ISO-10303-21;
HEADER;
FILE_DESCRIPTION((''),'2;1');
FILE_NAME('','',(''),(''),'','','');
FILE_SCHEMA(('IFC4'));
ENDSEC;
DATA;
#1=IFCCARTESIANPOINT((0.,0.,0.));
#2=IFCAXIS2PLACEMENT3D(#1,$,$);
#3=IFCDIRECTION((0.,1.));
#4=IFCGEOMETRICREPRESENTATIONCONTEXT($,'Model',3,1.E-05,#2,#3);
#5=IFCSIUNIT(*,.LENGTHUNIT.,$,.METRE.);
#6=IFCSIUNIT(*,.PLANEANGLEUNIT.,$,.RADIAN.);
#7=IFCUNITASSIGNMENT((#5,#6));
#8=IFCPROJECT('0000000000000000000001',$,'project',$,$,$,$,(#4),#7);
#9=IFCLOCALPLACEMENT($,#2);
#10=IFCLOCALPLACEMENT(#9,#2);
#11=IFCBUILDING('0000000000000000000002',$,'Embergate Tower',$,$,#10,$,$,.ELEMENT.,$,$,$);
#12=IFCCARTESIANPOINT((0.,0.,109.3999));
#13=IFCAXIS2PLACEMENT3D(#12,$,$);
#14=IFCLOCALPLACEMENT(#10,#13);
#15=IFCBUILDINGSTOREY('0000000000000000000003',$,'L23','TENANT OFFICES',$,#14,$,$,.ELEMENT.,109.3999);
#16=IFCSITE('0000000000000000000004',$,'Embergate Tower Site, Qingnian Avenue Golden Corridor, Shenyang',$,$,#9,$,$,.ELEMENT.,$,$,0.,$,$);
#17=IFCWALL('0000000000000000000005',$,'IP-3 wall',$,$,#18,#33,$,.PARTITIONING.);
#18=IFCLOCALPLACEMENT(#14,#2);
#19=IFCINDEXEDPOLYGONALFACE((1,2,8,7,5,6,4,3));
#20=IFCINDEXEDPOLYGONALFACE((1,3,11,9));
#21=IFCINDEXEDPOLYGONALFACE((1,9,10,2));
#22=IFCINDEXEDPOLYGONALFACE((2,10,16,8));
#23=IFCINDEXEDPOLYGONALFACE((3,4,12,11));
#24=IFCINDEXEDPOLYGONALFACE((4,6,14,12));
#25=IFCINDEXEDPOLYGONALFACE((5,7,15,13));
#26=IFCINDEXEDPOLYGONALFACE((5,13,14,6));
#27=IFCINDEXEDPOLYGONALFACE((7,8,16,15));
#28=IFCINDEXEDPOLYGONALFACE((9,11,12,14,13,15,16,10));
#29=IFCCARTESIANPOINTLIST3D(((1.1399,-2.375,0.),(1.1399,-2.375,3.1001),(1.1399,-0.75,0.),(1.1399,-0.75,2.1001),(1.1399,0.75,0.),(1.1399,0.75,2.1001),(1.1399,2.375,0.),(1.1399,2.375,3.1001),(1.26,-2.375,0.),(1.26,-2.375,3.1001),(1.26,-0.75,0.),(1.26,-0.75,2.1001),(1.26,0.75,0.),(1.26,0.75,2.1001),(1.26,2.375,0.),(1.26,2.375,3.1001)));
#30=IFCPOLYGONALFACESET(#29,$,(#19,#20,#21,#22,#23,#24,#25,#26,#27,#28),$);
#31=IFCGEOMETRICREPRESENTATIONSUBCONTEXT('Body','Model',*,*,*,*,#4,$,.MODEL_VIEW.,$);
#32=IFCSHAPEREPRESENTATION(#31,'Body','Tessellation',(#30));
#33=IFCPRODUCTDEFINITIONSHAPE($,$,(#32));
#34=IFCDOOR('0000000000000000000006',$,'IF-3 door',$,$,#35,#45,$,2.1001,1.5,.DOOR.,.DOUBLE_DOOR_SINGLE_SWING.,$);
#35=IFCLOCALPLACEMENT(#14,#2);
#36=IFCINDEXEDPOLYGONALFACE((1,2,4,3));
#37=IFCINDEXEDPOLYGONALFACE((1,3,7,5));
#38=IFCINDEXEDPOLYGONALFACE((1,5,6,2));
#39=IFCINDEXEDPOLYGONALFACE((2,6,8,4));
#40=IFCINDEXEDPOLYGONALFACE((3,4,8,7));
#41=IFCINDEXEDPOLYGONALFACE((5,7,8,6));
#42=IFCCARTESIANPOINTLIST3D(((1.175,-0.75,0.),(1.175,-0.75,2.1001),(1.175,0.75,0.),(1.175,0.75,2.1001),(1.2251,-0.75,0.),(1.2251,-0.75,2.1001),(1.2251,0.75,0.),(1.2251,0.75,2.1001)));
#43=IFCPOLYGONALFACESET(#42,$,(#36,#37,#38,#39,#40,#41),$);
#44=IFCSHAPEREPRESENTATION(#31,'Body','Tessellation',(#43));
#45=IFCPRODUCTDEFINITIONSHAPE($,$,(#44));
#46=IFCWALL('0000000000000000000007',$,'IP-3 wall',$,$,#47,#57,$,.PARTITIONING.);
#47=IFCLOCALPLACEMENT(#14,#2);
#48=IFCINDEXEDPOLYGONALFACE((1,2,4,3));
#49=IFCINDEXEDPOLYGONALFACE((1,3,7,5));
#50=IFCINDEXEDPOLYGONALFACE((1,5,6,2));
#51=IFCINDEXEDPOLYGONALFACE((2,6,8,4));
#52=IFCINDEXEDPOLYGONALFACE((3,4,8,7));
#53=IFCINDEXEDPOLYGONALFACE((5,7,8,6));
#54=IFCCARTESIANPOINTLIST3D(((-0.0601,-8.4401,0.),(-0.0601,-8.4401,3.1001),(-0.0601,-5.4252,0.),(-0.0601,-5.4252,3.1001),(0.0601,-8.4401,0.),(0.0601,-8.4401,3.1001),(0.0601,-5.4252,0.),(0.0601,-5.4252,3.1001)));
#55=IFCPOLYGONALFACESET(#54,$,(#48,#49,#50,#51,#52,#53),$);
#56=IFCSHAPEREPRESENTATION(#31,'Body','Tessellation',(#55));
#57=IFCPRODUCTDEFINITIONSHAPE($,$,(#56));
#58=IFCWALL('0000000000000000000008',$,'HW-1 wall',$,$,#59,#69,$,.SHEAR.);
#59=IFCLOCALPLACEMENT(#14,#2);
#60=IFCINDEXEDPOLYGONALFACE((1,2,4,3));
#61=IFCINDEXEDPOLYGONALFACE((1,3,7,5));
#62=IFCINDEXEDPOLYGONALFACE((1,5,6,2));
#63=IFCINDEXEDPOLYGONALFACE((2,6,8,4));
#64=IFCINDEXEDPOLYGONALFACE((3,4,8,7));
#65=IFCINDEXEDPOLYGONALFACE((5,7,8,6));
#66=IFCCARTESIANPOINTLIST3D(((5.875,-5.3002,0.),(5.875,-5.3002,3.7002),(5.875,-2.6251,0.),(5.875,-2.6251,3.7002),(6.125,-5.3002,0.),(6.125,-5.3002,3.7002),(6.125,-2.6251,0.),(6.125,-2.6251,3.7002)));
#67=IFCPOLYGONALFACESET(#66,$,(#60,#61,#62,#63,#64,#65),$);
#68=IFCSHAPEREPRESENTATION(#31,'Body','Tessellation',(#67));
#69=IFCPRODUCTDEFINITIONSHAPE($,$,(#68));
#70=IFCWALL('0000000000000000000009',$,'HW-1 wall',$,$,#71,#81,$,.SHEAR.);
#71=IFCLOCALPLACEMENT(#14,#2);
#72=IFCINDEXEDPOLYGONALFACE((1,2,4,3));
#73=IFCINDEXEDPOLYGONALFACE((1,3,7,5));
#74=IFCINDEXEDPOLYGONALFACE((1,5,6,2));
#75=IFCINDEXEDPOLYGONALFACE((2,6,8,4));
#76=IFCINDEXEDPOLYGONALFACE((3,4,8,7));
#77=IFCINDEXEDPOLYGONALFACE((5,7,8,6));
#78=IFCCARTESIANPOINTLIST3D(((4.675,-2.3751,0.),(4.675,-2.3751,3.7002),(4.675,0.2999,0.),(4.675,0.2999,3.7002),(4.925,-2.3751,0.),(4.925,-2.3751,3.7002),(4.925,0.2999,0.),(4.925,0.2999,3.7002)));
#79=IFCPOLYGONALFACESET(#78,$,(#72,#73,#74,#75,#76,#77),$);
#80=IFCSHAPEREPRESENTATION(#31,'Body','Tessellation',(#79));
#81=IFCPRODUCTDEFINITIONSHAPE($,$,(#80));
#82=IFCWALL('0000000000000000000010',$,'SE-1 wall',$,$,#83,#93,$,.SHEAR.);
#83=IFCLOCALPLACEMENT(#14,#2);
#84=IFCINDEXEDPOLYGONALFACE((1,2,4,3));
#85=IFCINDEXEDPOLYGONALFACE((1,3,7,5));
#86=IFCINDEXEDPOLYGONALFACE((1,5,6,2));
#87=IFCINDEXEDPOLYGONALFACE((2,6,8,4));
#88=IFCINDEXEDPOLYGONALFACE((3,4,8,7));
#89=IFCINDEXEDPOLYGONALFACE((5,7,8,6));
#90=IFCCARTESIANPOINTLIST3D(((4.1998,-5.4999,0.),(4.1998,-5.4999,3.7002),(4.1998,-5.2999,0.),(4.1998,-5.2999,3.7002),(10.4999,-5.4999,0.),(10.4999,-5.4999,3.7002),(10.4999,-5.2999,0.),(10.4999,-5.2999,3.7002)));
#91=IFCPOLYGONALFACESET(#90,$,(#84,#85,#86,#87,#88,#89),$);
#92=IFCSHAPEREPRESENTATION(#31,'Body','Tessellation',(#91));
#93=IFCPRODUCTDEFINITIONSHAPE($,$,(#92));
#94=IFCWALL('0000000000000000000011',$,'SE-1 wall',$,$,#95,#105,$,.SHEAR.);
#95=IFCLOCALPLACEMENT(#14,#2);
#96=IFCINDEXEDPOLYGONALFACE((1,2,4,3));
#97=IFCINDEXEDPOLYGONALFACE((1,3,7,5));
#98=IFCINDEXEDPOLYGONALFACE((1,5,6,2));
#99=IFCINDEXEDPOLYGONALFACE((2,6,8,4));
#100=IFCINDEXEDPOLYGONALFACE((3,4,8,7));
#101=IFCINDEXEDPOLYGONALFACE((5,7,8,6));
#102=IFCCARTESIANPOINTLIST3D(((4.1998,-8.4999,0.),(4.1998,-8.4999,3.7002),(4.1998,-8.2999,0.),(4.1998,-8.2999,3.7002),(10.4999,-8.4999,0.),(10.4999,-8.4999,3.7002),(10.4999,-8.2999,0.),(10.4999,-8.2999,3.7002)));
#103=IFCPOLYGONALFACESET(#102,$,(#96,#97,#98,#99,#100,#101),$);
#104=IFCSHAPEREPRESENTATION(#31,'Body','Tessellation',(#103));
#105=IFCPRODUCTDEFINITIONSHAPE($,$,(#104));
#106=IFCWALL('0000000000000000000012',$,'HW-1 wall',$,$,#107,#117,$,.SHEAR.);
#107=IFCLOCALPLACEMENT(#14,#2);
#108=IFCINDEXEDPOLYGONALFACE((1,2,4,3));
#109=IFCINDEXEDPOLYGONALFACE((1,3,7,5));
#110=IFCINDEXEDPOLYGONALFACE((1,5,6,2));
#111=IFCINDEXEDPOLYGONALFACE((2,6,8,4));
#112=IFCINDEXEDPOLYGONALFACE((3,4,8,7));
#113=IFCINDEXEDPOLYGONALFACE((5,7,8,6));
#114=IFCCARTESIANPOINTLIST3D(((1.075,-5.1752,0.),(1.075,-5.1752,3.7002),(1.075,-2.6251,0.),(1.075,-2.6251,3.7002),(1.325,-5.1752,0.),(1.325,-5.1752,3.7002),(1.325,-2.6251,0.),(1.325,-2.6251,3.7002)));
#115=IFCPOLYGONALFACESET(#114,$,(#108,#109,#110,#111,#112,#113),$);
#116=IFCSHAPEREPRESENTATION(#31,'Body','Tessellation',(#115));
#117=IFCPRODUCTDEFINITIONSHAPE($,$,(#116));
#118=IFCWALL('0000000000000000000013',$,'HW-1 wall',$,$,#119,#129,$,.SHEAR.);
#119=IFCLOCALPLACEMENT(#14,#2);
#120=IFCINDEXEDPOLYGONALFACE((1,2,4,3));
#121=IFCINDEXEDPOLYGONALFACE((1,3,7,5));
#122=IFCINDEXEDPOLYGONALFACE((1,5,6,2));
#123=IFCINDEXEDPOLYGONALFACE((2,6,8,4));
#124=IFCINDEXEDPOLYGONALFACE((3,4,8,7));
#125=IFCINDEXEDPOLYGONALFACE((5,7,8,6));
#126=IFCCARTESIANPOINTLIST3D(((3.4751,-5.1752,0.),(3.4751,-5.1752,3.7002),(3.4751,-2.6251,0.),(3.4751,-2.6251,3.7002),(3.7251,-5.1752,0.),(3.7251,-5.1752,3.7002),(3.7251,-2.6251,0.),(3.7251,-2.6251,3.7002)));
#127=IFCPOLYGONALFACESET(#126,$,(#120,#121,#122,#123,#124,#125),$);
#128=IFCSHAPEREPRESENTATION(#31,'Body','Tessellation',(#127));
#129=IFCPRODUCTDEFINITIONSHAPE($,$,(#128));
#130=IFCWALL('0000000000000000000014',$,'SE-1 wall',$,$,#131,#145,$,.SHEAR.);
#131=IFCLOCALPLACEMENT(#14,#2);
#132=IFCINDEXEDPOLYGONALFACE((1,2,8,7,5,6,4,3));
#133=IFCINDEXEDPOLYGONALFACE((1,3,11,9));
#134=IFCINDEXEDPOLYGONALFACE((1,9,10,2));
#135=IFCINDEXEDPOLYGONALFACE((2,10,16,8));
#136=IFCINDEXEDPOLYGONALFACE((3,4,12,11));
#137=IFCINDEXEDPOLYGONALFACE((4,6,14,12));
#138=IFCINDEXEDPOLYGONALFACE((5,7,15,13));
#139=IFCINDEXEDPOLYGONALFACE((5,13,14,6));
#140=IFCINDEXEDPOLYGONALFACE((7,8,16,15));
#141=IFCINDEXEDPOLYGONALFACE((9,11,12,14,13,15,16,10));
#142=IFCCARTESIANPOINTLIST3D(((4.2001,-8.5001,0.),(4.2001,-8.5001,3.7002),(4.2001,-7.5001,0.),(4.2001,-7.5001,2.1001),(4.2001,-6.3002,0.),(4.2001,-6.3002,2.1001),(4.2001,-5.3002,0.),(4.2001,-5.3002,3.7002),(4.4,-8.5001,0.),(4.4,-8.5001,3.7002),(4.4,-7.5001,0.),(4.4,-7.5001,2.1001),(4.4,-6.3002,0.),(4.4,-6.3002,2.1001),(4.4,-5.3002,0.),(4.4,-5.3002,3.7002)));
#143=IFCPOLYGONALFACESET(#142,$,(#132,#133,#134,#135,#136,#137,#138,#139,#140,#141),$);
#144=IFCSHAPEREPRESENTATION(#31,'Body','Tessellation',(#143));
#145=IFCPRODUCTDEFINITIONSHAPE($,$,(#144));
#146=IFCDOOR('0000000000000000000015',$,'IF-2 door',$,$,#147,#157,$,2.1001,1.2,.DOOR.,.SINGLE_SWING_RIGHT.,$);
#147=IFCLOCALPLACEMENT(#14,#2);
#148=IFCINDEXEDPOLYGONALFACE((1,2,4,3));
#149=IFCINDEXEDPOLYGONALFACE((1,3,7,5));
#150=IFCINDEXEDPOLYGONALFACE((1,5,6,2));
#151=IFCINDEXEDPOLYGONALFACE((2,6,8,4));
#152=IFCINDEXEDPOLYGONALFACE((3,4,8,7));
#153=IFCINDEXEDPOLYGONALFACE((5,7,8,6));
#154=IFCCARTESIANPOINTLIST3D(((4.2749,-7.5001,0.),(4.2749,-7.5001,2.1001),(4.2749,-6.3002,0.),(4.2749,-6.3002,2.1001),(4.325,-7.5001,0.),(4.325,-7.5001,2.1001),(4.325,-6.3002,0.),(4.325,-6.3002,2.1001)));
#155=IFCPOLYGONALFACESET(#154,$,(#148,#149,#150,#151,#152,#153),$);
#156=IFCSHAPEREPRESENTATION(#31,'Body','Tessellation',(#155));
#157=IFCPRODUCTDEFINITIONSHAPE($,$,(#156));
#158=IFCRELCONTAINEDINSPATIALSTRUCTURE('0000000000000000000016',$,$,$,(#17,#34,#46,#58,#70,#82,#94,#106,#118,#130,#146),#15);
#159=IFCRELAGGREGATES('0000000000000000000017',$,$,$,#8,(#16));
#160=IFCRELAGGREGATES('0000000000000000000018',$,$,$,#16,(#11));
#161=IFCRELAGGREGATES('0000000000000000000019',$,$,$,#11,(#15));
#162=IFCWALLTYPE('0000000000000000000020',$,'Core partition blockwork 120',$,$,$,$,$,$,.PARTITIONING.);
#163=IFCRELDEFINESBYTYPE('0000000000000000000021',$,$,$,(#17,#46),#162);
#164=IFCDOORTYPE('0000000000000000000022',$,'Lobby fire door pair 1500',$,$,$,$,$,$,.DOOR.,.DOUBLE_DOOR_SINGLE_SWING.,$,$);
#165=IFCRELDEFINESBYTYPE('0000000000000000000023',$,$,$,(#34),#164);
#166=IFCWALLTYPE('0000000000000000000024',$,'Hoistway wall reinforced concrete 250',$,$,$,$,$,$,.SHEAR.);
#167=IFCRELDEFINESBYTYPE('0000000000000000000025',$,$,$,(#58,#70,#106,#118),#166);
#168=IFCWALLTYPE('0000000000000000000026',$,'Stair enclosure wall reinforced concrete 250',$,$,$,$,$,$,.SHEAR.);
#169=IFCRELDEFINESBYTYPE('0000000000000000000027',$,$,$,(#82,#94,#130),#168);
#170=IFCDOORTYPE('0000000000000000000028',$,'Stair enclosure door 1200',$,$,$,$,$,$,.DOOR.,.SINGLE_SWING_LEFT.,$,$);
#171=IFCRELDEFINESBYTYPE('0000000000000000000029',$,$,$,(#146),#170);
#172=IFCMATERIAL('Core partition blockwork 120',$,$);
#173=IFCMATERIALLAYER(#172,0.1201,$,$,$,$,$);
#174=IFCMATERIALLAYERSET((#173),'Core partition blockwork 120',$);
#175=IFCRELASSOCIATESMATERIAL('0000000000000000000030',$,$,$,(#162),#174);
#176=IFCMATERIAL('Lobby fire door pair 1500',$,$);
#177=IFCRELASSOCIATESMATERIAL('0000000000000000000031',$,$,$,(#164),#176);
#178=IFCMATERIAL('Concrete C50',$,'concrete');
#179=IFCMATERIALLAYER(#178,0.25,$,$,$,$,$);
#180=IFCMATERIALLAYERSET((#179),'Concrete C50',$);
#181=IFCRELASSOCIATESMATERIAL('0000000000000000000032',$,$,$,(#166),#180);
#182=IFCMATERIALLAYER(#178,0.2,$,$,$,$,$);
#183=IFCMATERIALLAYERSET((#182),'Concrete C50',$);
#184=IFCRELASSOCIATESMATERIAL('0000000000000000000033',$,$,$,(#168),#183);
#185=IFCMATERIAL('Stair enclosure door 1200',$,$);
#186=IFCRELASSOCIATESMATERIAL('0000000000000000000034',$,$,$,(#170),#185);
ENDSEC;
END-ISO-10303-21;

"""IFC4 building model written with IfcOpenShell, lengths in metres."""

from ifc_helpers import new_model, si_unit, direction, frame, frame_2d, origin, place, context, subcontext, project, spatial, rectangle, extrude, source, transform, mapped, material, layer, layer_set, type_object, element, fill, save


model = new_model("IFC4")

# Units and contexts
model_context = context("Model", 3, precision=1e-05, world=origin(), true_north=direction((0.0, 1.0)))
body_context = subcontext(model_context, "Body", "Model", "MODEL_VIEW")
ifc_project = project(units=[si_unit("LENGTHUNIT", "METRE"), si_unit("PLANEANGLEUNIT", "RADIAN")], contexts=[model_context])

# Site, building, storey
site_placement = place(None, origin())
site = spatial("IfcSite", under=ifc_project, at=site_placement, Name="Embergate Tower Site, Qingnian Avenue Golden Corridor, Shenyang", CompositionType="ELEMENT", RefElevation=0.0)
building_placement = place(site_placement, origin())
building = spatial("IfcBuilding", under=site, at=building_placement, Name="Embergate Tower", CompositionType="ELEMENT")
storey_placement = place(building_placement, frame((0.0, 0.0, 109.3999)))
storey = spatial("IfcBuildingStorey", under=building, at=storey_placement, Name="L23", Description="TENANT OFFICES", CompositionType="ELEMENT", Elevation=109.3999)

# Wall, opening, door
ifc_material_1 = material(Name="Core partition blockwork 120")
ifc_layer_1 = layer(ifc_material_1, 0.1201)
ifc_layer_set_1 = layer_set([ifc_layer_1], Name="Core partition blockwork 120")
wall_type_1 = type_object("IfcWallType", Name="Core partition blockwork 120", PredefinedType="PARTITIONING", material=ifc_layer_set_1)
shared_shape_1 = source(origin(), body_context, "Body", "SweptSolid", [
    extrude(rectangle(XDim=4.75, YDim=0.1201, at=frame_2d((2.375, 0.0))), origin(), (0.0, 0.0, 1.0), 3.1001),
])
wall_1_placement = place(storey_placement, frame((1.2, -2.375, 0.0), z_axis=(0.0, 0.0, 1.0), x_axis=(0.0, 1.0, 0.0)))
wall_1 = element("IfcWall", 1, at=wall_1_placement, inside=storey, type_object=wall_type_1, Name="IP-3 wall", PredefinedType="PARTITIONING", context=body_context, shape_type="MappedRepresentation", body=[
    mapped(shared_shape_1, transform((0.0, 0.0, 0.0))),
])
shared_shape_2 = source(origin(), body_context, "Body", "SweptSolid", [
    extrude(rectangle(XDim=1.5, YDim=2.1001, at=frame_2d((0.75, 1.05))), frame((0.0, 0.0701, 0.0), z_axis=(0.0, -1.0, 0.0), x_axis=(1.0, 0.0, 0.0)), (0.0, 0.0, 1.0), 0.1401),
])
opening_1_placement = place(wall_1_placement, frame((1.625, 0.0, 0.0)))
opening_1 = element("IfcOpeningElement", 2, at=opening_1_placement, cuts=wall_1, PredefinedType="OPENING", context=body_context, shape_type="MappedRepresentation", body=[
    mapped(shared_shape_2, transform((0.0, 0.0, 0.0))),
])
ifc_material_2 = material(Name="Lobby fire door pair 1500")
door_type_1 = type_object("IfcDoorType", Name="Lobby fire door pair 1500", OperationType="DOUBLE_DOOR_SINGLE_SWING", PredefinedType="DOOR", material=ifc_material_2)
shared_shape_3 = source(origin(), body_context, "Body", "SweptSolid", [
    extrude(rectangle(XDim=1.5, YDim=2.1001, at=frame_2d((0.75, 1.05))), frame((0.0, 0.0249, 0.0), z_axis=(0.0, -1.0, 0.0), x_axis=(1.0, 0.0, 0.0)), (0.0, 0.0, 1.0), 0.05),
])
door_1_placement = place(opening_1_placement, origin())
door_1 = element("IfcDoor", 3, at=door_1_placement, inside=storey, type_object=door_type_1, Name="IF-3 door", OperationType="DOUBLE_DOOR_SINGLE_SWING", OverallHeight=2.1001, OverallWidth=1.5, PredefinedType="DOOR", context=body_context, shape_type="MappedRepresentation", body=[
    mapped(shared_shape_3, transform((0.0, 0.0, 0.0))),
])
fill(opening_1, door_1)

# Walls
shared_shape_4 = source(origin(), body_context, "Body", "SweptSolid", [
    extrude(rectangle(XDim=3.0149, YDim=0.1201, at=frame_2d((1.5073, 0.0))), origin(), (0.0, 0.0, 1.0), 3.1001),
])
wall_2_placement = place(storey_placement, frame((0.0, -8.4399, 0.0), z_axis=(0.0, 0.0, 1.0), x_axis=(0.0, 1.0, 0.0)))
element("IfcWall", 4, at=wall_2_placement, inside=storey, type_object=wall_type_1, Name="IP-3 wall", PredefinedType="PARTITIONING", context=body_context, shape_type="MappedRepresentation", body=[
    mapped(shared_shape_4, transform((0.0, 0.0, 0.0))),
])
ifc_material_3 = material(Name="Concrete C50", Category="concrete")
ifc_layer_2 = layer(ifc_material_3, 0.25)
ifc_layer_set_2 = layer_set([ifc_layer_2], Name="Concrete C50")
wall_type_2 = type_object("IfcWallType", Name="Hoistway wall reinforced concrete 250", PredefinedType="SHEAR", material=ifc_layer_set_2)
shared_shape_5 = source(origin(), body_context, "Body", "SweptSolid", [
    extrude(rectangle(XDim=2.675, YDim=0.25, at=frame_2d((1.3374, 0.0))), origin(), (0.0, 0.0, 1.0), 3.7002),
])
for number, where, z_axis, x_axis, name in (
    (5, (6.0, -5.3, 0.0), (0.0, 0.0, 1.0), (0.0, 1.0, 0.0), "HW-1 wall"),
    (6, (4.8, -2.375, 0.0), (0.0, 0.0, 1.0), (0.0, 1.0, 0.0), "HW-1 wall"),
):
    element("IfcWall", number, at=place(storey_placement, frame(where, z_axis=z_axis, x_axis=x_axis)), inside=storey, type_object=wall_type_2, Name=name, PredefinedType="SHEAR", context=body_context, shape_type="MappedRepresentation", body=[
        mapped(shared_shape_5, transform((0.0, 0.0, 0.0))),
    ])
ifc_layer_3 = layer(ifc_material_3, 0.2)
ifc_layer_set_3 = layer_set([ifc_layer_3], Name="Concrete C50")
wall_type_3 = type_object("IfcWallType", Name="Stair enclosure wall reinforced concrete 250", PredefinedType="SHEAR", material=ifc_layer_set_3)
shared_shape_6 = source(origin(), body_context, "Body", "SweptSolid", [
    extrude(rectangle(XDim=6.3, YDim=0.2, at=frame_2d((3.1499, 0.0))), origin(), (0.0, 0.0, 1.0), 3.7002),
])
for number, where, z_axis, x_axis, name in (
    (7, (4.2, -5.3999, 0.0), (0.0, 0.0, 1.0), (1.0, 0.0, 0.0), "SE-1 wall"),
    (8, (4.2, -8.3999, 0.0), (0.0, 0.0, 1.0), (1.0, 0.0, 0.0), "SE-1 wall"),
):
    element("IfcWall", number, at=place(storey_placement, frame(where, z_axis=z_axis, x_axis=x_axis)), inside=storey, type_object=wall_type_3, Name=name, PredefinedType="SHEAR", context=body_context, shape_type="MappedRepresentation", body=[
        mapped(shared_shape_6, transform((0.0, 0.0, 0.0))),
    ])
shared_shape_7 = source(origin(), body_context, "Body", "SweptSolid", [
    extrude(rectangle(XDim=2.55, YDim=0.25, at=frame_2d((1.2749, 0.0))), origin(), (0.0, 0.0, 1.0), 3.7002),
])
for number, where, z_axis, x_axis, name in (
    (9, (1.2, -5.175, 0.0), (0.0, 0.0, 1.0), (0.0, 1.0, 0.0), "HW-1 wall"),
    (10, (3.6001, -5.175, 0.0), (0.0, 0.0, 1.0), (0.0, 1.0, 0.0), "HW-1 wall"),
):
    element("IfcWall", number, at=place(storey_placement, frame(where, z_axis=z_axis, x_axis=x_axis)), inside=storey, type_object=wall_type_2, Name=name, PredefinedType="SHEAR", context=body_context, shape_type="MappedRepresentation", body=[
        mapped(shared_shape_7, transform((0.0, 0.0, 0.0))),
    ])

# Wall, opening, door
shared_shape_8 = source(origin(), body_context, "Body", "SweptSolid", [
    extrude(rectangle(XDim=3.2, YDim=0.2, at=frame_2d((1.6001, 0.0))), origin(), (0.0, 0.0, 1.0), 3.7002),
])
wall_3_placement = place(storey_placement, frame((4.3, -5.3, 0.0), z_axis=(0.0, 0.0, 1.0), x_axis=(0.0, -1.0, 0.0)))
wall_3 = element("IfcWall", 11, at=wall_3_placement, inside=storey, type_object=wall_type_3, Name="SE-1 wall", PredefinedType="SHEAR", context=body_context, shape_type="MappedRepresentation", body=[
    mapped(shared_shape_8, transform((0.0, 0.0, 0.0))),
])
shared_shape_9 = source(origin(), body_context, "Body", "SweptSolid", [
    extrude(rectangle(XDim=1.2, YDim=2.1001, at=frame_2d((0.6001, 1.05))), frame((0.0, 0.1099, 0.0), z_axis=(0.0, -1.0, 0.0), x_axis=(1.0, 0.0, 0.0)), (0.0, 0.0, 1.0), 0.22),
])
opening_2_placement = place(wall_3_placement, frame((1.0, 0.0, 0.0)))
opening_2 = element("IfcOpeningElement", 12, at=opening_2_placement, cuts=wall_3, PredefinedType="OPENING", context=body_context, shape_type="MappedRepresentation", body=[
    mapped(shared_shape_9, transform((0.0, 0.0, 0.0))),
])
ifc_material_4 = material(Name="Stair enclosure door 1200")
door_type_2 = type_object("IfcDoorType", Name="Stair enclosure door 1200", OperationType="SINGLE_SWING_LEFT", PredefinedType="DOOR", material=ifc_material_4)
shared_shape_10 = source(origin(), body_context, "Body", "SweptSolid", [
    extrude(rectangle(XDim=1.2, YDim=2.1001, at=frame_2d((0.6001, 1.05))), frame((0.0, 0.0249, 0.0), z_axis=(0.0, -1.0, 0.0), x_axis=(1.0, 0.0, 0.0)), (0.0, 0.0, 1.0), 0.05),
])
door_2_placement = place(opening_2_placement, origin())
door_2 = element("IfcDoor", 13, at=door_2_placement, inside=storey, type_object=door_type_2, Name="IF-2 door", OperationType="SINGLE_SWING_RIGHT", OverallHeight=2.1001, OverallWidth=1.2, PredefinedType="DOOR", context=body_context, shape_type="MappedRepresentation", body=[
    mapped(shared_shape_10, transform((0.0, 0.0, 0.0))),
])
fill(opening_2, door_2)

save(model, "model.ifc")
